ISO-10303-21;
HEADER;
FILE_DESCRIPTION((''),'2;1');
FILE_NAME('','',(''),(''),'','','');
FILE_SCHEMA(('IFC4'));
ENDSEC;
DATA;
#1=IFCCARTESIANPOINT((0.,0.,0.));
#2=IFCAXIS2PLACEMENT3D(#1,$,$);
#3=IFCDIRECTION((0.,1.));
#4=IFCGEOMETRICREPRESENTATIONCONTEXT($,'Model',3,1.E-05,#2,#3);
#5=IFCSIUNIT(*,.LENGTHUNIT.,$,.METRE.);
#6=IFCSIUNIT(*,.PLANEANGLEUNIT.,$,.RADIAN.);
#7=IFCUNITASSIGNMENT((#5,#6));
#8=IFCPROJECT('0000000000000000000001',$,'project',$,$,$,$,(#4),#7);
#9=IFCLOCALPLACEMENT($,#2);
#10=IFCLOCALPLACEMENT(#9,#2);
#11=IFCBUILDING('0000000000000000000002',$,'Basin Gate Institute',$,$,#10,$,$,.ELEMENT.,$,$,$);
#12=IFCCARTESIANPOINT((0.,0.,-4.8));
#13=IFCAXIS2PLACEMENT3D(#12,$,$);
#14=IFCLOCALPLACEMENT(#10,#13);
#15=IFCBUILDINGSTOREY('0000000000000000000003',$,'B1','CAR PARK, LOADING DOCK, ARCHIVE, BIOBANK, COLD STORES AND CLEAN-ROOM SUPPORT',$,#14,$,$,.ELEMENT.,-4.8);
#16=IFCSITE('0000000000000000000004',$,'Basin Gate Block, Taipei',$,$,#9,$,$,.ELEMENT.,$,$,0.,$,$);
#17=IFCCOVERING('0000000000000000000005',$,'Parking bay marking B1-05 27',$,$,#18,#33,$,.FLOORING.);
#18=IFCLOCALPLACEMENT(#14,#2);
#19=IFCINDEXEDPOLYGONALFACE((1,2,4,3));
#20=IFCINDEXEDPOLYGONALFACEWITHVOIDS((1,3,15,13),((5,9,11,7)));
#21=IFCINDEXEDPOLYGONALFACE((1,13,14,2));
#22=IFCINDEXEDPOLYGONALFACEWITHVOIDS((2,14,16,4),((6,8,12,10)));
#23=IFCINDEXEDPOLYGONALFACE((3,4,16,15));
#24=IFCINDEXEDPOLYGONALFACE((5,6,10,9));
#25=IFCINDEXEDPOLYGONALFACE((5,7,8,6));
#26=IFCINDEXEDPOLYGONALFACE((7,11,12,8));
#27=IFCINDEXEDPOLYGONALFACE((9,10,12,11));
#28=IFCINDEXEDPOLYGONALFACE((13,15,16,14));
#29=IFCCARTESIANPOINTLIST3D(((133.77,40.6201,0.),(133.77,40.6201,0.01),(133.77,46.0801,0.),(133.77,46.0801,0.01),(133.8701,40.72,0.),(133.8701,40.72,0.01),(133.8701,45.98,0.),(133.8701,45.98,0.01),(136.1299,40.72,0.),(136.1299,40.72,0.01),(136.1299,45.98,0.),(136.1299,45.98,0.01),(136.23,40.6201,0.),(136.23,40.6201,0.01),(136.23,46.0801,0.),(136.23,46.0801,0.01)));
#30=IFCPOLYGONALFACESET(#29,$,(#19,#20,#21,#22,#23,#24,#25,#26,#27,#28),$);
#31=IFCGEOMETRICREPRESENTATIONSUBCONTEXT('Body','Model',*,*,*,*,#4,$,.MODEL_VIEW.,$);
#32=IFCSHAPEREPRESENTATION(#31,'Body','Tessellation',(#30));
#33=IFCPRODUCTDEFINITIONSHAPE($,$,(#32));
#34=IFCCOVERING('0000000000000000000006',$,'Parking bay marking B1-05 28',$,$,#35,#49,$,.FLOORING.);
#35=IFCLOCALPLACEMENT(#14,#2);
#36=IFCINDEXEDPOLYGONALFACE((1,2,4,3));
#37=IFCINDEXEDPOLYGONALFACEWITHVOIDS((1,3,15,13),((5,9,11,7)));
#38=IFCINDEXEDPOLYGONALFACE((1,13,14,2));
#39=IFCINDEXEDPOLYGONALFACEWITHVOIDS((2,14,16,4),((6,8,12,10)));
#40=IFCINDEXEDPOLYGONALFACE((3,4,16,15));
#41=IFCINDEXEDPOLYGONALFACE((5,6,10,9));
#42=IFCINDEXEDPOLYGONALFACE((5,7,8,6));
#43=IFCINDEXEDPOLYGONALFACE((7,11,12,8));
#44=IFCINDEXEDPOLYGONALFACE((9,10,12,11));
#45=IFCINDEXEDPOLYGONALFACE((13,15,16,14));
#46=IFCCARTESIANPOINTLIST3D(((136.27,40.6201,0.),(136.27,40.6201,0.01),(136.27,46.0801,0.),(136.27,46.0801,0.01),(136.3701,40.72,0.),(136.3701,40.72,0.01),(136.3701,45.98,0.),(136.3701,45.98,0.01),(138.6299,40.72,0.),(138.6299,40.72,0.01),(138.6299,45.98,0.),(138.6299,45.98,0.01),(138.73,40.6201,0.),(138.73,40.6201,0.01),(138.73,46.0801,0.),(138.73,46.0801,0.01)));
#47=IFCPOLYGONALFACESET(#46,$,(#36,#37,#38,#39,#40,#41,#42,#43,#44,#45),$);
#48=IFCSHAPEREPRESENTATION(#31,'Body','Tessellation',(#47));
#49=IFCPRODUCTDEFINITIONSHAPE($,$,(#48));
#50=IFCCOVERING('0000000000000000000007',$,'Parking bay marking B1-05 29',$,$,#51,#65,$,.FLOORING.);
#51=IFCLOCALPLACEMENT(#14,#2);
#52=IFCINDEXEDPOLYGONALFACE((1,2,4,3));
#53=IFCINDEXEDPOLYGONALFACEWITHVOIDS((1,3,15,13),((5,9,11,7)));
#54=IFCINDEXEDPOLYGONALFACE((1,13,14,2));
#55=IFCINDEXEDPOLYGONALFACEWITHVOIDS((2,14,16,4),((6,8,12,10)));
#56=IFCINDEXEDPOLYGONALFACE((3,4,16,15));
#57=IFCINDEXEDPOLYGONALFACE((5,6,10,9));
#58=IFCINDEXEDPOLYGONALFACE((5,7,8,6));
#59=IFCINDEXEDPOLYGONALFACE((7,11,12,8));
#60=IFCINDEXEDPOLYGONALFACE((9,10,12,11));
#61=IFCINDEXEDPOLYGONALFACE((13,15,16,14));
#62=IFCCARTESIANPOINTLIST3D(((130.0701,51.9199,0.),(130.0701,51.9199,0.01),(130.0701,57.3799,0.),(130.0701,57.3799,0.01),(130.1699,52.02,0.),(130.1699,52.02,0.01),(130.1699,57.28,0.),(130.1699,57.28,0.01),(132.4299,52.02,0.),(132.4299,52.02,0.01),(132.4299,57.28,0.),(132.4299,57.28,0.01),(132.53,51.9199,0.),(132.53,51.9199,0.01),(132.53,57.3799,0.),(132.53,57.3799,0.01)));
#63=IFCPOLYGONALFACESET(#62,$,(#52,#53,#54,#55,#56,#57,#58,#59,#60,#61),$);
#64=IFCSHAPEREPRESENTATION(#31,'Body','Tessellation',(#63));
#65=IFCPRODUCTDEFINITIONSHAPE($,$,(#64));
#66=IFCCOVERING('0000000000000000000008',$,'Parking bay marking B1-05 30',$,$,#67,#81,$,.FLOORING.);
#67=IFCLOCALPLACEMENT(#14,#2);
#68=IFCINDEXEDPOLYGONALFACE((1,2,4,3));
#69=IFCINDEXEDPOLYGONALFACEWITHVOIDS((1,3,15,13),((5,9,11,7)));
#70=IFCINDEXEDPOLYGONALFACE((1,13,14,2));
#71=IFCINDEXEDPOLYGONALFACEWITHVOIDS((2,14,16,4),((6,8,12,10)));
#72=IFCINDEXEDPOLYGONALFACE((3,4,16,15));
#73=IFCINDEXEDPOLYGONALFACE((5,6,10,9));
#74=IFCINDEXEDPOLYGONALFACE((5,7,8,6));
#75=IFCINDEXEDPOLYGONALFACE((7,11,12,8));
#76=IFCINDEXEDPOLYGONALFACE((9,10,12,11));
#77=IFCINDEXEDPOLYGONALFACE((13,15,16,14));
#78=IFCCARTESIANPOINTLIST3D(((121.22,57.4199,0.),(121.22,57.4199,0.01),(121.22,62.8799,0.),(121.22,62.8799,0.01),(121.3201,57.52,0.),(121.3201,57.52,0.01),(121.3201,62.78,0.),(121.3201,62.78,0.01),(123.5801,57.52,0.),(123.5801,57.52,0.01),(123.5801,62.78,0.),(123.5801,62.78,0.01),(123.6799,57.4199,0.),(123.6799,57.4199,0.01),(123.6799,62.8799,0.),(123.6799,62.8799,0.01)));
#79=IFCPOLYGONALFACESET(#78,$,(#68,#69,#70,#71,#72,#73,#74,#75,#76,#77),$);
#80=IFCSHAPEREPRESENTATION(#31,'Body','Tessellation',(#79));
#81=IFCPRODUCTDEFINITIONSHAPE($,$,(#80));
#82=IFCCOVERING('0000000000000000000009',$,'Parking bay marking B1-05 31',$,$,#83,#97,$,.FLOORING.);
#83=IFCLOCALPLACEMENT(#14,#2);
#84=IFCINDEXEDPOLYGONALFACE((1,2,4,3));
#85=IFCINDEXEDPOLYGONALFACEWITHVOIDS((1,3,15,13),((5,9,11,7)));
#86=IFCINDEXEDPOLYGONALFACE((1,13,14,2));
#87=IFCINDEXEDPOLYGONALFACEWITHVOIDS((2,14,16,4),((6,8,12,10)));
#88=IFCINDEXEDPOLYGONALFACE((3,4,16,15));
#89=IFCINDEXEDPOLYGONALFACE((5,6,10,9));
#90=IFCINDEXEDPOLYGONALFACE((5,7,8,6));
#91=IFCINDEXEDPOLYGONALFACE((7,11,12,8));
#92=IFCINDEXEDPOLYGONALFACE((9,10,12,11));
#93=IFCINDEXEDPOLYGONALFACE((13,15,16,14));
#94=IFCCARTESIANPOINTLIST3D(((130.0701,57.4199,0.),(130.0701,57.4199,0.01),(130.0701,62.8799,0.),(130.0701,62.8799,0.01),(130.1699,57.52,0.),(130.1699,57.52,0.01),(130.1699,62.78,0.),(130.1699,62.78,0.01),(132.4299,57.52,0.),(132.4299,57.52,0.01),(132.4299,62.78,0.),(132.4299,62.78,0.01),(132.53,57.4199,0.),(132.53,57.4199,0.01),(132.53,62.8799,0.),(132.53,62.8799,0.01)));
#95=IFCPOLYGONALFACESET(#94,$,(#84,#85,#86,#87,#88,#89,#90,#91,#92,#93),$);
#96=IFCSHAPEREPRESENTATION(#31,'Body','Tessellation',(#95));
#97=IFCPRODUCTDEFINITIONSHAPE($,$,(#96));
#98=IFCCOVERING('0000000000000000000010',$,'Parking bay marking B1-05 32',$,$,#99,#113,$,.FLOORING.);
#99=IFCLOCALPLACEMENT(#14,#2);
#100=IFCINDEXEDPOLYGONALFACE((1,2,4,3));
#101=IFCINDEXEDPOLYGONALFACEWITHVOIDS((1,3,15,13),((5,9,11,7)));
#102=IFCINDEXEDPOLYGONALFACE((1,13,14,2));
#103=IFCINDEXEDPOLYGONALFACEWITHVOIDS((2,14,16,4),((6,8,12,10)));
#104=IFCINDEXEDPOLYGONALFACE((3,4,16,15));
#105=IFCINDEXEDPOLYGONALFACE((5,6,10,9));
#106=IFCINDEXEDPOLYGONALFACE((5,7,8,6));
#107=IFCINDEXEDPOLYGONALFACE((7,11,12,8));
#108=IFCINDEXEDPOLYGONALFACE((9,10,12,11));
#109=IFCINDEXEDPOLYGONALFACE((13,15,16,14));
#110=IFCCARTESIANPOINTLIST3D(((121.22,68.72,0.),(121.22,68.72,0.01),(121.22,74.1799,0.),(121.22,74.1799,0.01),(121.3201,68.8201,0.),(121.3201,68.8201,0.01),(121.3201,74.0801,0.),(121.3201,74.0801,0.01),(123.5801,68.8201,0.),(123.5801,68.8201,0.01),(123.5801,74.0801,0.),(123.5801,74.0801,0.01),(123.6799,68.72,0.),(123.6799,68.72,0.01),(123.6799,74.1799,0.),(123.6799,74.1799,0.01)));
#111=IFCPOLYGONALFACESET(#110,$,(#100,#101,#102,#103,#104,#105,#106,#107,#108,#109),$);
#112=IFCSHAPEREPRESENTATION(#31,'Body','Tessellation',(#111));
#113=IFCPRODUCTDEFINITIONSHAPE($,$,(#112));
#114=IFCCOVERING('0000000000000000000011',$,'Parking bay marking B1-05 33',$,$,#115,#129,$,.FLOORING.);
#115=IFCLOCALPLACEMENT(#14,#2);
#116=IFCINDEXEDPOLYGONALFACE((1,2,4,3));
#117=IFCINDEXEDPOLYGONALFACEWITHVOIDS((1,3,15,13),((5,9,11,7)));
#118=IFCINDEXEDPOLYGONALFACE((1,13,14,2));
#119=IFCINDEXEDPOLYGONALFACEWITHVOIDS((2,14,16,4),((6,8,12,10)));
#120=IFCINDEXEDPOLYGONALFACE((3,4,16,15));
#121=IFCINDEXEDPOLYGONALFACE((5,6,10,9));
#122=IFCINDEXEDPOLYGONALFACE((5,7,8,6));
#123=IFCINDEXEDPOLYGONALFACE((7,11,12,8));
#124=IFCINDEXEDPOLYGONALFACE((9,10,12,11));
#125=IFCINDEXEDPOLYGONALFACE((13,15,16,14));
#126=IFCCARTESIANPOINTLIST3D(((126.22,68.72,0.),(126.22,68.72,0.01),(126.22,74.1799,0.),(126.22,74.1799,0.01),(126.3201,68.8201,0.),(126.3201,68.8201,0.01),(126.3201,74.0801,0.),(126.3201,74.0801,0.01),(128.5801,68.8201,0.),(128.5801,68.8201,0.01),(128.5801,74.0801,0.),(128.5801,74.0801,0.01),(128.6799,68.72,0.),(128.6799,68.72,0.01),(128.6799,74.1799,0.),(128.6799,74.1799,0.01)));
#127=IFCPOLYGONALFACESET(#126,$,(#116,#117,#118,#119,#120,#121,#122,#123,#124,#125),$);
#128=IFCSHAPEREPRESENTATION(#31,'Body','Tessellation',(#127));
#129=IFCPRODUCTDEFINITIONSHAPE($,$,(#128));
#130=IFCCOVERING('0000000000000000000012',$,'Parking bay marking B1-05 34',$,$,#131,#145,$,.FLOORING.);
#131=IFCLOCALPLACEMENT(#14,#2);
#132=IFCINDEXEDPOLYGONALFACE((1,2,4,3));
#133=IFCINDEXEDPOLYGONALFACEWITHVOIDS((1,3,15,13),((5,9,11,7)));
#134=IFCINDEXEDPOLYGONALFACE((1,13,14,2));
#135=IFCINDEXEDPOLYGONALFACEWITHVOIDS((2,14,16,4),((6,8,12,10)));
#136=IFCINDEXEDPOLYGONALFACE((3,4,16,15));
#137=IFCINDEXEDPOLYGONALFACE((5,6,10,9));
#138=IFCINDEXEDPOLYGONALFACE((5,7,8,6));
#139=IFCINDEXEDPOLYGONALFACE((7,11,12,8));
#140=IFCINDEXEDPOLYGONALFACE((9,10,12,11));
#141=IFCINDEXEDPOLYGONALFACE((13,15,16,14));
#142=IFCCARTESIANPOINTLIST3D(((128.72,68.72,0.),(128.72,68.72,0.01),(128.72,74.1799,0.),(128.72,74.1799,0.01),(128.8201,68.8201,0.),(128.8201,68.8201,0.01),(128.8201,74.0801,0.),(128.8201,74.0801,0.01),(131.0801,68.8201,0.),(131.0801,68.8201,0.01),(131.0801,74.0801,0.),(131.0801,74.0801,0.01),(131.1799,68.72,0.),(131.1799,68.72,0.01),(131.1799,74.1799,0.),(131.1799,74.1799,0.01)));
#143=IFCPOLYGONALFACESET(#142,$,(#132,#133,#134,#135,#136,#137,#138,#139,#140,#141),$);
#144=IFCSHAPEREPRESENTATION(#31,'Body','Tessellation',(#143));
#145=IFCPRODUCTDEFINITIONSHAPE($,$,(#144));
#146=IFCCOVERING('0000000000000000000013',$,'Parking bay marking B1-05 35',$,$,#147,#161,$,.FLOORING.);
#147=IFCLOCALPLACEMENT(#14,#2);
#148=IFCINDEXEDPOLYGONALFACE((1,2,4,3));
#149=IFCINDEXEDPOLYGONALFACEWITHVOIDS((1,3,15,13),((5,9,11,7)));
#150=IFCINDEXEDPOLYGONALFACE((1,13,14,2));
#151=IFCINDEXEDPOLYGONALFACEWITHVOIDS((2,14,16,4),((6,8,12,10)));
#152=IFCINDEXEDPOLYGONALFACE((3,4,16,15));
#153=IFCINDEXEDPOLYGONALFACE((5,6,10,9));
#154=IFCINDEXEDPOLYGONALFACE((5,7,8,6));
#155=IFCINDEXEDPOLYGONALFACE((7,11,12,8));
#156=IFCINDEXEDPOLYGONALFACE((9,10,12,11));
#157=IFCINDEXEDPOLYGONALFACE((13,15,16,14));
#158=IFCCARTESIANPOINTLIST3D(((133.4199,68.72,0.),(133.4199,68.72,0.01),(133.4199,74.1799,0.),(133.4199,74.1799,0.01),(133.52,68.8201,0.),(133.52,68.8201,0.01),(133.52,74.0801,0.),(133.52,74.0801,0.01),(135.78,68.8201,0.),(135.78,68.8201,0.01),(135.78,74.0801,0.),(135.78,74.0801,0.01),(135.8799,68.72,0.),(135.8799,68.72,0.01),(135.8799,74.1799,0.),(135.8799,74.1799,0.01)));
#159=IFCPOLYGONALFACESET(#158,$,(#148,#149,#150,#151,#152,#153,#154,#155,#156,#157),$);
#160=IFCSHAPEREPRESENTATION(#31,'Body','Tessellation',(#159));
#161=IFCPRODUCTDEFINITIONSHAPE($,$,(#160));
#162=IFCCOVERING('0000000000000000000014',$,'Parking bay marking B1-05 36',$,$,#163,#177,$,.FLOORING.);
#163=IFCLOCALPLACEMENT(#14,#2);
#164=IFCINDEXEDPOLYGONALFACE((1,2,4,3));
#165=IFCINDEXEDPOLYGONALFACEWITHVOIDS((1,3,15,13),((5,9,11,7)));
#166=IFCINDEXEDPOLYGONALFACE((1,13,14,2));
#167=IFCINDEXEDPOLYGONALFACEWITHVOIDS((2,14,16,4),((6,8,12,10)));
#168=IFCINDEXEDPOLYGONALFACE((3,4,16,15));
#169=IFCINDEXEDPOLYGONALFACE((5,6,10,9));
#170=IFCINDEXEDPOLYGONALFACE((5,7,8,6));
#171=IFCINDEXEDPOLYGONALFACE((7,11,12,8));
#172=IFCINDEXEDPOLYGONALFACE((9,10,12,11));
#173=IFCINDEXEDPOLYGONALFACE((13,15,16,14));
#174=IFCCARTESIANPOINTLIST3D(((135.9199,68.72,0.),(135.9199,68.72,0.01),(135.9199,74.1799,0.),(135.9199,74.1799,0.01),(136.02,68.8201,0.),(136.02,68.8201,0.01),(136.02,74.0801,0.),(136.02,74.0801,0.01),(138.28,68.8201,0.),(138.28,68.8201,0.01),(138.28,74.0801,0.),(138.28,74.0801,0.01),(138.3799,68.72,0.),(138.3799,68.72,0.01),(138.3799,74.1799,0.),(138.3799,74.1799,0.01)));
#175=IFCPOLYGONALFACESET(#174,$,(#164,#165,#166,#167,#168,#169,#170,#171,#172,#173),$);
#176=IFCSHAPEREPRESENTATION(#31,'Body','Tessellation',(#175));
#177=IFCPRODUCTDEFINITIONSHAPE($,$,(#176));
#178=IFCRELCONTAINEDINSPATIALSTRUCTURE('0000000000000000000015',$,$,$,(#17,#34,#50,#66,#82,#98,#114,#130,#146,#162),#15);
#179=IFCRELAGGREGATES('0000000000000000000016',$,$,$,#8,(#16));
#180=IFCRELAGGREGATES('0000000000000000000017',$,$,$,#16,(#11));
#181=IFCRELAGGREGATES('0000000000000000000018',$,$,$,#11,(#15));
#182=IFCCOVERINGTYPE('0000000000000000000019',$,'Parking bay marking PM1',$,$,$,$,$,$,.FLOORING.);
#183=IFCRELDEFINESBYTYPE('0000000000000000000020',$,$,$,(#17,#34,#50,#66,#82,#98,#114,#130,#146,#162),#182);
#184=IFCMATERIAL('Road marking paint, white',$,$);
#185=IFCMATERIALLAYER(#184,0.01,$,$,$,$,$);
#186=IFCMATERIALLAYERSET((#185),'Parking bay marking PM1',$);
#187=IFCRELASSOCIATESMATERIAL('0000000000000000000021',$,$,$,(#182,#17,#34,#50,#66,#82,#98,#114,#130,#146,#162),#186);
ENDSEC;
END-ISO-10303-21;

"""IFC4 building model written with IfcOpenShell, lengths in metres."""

from ifc_helpers import new_model, si_unit, direction, frame, origin, place, context, subcontext, project, spatial, polyline, outline, extrude, material, layer, layer_set, type_object, element, save


model = new_model("IFC4")

# Units and contexts
model_context = context("Model", 3, precision=1e-05, world=origin(), true_north=direction((0.0, 1.0)))
body_context = subcontext(model_context, "Body", "Model", "MODEL_VIEW")
ifc_project = project(units=[si_unit("LENGTHUNIT", "METRE"), si_unit("PLANEANGLEUNIT", "RADIAN")], contexts=[model_context])

# Site, building, storey
site_placement = place(None, origin())
site = spatial("IfcSite", under=ifc_project, at=site_placement, Name="Basin Gate Block, Taipei", CompositionType="ELEMENT", RefElevation=0.0)
building_placement = place(site_placement, origin())
building = spatial("IfcBuilding", under=site, at=building_placement, Name="Basin Gate Institute", CompositionType="ELEMENT")
storey_placement = place(building_placement, frame((0.0, 0.0, -4.8)))
storey = spatial("IfcBuildingStorey", under=building, at=storey_placement, Name="B1", Description="CAR PARK, LOADING DOCK, ARCHIVE, BIOBANK, COLD STORES AND CLEAN-ROOM SUPPORT", CompositionType="ELEMENT", Elevation=-4.8)

# Coverings
ifc_material_1 = material(Name="Road marking paint, white")
ifc_layer_1 = layer(ifc_material_1, 0.01)
ifc_layer_set_1 = layer_set([ifc_layer_1], Name="Parking bay marking PM1")
covering_type_1 = type_object("IfcCoveringType", Name="Parking bay marking PM1", PredefinedType="FLOORING", material=ifc_layer_set_1)
covering_1_placement = place(storey_placement, origin())
element("IfcCovering", 1, at=covering_1_placement, inside=storey, type_object=covering_type_1, material=ifc_layer_set_1, Name="Parking bay marking B1-05 27", PredefinedType="FLOORING", context=body_context, shape_type="SweptSolid", body=[
    extrude(outline(polyline([(133.77, 40.6201), (136.23, 40.6201), (136.23, 46.0801), (133.77, 46.0801), (133.77, 40.6201)]), holes=[polyline([(133.8701, 40.72), (136.1299, 40.72), (136.1299, 45.98), (133.8701, 45.98), (133.8701, 40.72)])]), origin(), (0.0, 0.0, 1.0), 0.01),
])
covering_2_placement = place(storey_placement, origin())
element("IfcCovering", 2, at=covering_2_placement, inside=storey, type_object=covering_type_1, material=ifc_layer_set_1, Name="Parking bay marking B1-05 28", PredefinedType="FLOORING", context=body_context, shape_type="SweptSolid", body=[
    extrude(outline(polyline([(136.27, 40.6201), (138.73, 40.6201), (138.73, 46.0801), (136.27, 46.0801), (136.27, 40.6201)]), holes=[polyline([(136.3701, 40.72), (138.6299, 40.72), (138.6299, 45.98), (136.3701, 45.98), (136.3701, 40.72)])]), origin(), (0.0, 0.0, 1.0), 0.01),
])
covering_3_placement = place(storey_placement, origin())
element("IfcCovering", 3, at=covering_3_placement, inside=storey, type_object=covering_type_1, material=ifc_layer_set_1, Name="Parking bay marking B1-05 29", PredefinedType="FLOORING", context=body_context, shape_type="SweptSolid", body=[
    extrude(outline(polyline([(130.0701, 51.9199), (132.53, 51.9199), (132.53, 57.3799), (130.0701, 57.3799), (130.0701, 51.9199)]), holes=[polyline([(130.1699, 52.02), (132.4299, 52.02), (132.4299, 57.28), (130.1699, 57.28), (130.1699, 52.02)])]), origin(), (0.0, 0.0, 1.0), 0.01),
])
covering_4_placement = place(storey_placement, origin())
element("IfcCovering", 4, at=covering_4_placement, inside=storey, type_object=covering_type_1, material=ifc_layer_set_1, Name="Parking bay marking B1-05 30", PredefinedType="FLOORING", context=body_context, shape_type="SweptSolid", body=[
    extrude(outline(polyline([(121.22, 57.4199), (123.6799, 57.4199), (123.6799, 62.8799), (121.22, 62.8799), (121.22, 57.4199)]), holes=[polyline([(121.3201, 57.52), (123.5801, 57.52), (123.5801, 62.78), (121.3201, 62.78), (121.3201, 57.52)])]), origin(), (0.0, 0.0, 1.0), 0.01),
])
covering_5_placement = place(storey_placement, origin())
element("IfcCovering", 5, at=covering_5_placement, inside=storey, type_object=covering_type_1, material=ifc_layer_set_1, Name="Parking bay marking B1-05 31", PredefinedType="FLOORING", context=body_context, shape_type="SweptSolid", body=[
    extrude(outline(polyline([(130.0701, 57.4199), (132.53, 57.4199), (132.53, 62.8799), (130.0701, 62.8799), (130.0701, 57.4199)]), holes=[polyline([(130.1699, 57.52), (132.4299, 57.52), (132.4299, 62.78), (130.1699, 62.78), (130.1699, 57.52)])]), origin(), (0.0, 0.0, 1.0), 0.01),
])
covering_6_placement = place(storey_placement, origin())
element("IfcCovering", 6, at=covering_6_placement, inside=storey, type_object=covering_type_1, material=ifc_layer_set_1, Name="Parking bay marking B1-05 32", PredefinedType="FLOORING", context=body_context, shape_type="SweptSolid", body=[
    extrude(outline(polyline([(121.22, 68.72), (123.6799, 68.72), (123.6799, 74.1799), (121.22, 74.1799), (121.22, 68.72)]), holes=[polyline([(121.3201, 68.8201), (123.5801, 68.8201), (123.5801, 74.0801), (121.3201, 74.0801), (121.3201, 68.8201)])]), origin(), (0.0, 0.0, 1.0), 0.01),
])
covering_7_placement = place(storey_placement, origin())
element("IfcCovering", 7, at=covering_7_placement, inside=storey, type_object=covering_type_1, material=ifc_layer_set_1, Name="Parking bay marking B1-05 33", PredefinedType="FLOORING", context=body_context, shape_type="SweptSolid", body=[
    extrude(outline(polyline([(126.22, 68.72), (128.6799, 68.72), (128.6799, 74.1799), (126.22, 74.1799), (126.22, 68.72)]), holes=[polyline([(126.3201, 68.8201), (128.5801, 68.8201), (128.5801, 74.0801), (126.3201, 74.0801), (126.3201, 68.8201)])]), origin(), (0.0, 0.0, 1.0), 0.01),
])
covering_8_placement = place(storey_placement, origin())
element("IfcCovering", 8, at=covering_8_placement, inside=storey, type_object=covering_type_1, material=ifc_layer_set_1, Name="Parking bay marking B1-05 34", PredefinedType="FLOORING", context=body_context, shape_type="SweptSolid", body=[
    extrude(outline(polyline([(128.72, 68.72), (131.1799, 68.72), (131.1799, 74.1799), (128.72, 74.1799), (128.72, 68.72)]), holes=[polyline([(128.8201, 68.8201), (131.0801, 68.8201), (131.0801, 74.0801), (128.8201, 74.0801), (128.8201, 68.8201)])]), origin(), (0.0, 0.0, 1.0), 0.01),
])
covering_9_placement = place(storey_placement, origin())
element("IfcCovering", 9, at=covering_9_placement, inside=storey, type_object=covering_type_1, material=ifc_layer_set_1, Name="Parking bay marking B1-05 35", PredefinedType="FLOORING", context=body_context, shape_type="SweptSolid", body=[
    extrude(outline(polyline([(133.4199, 68.72), (135.8799, 68.72), (135.8799, 74.1799), (133.4199, 74.1799), (133.4199, 68.72)]), holes=[polyline([(133.52, 68.8201), (135.78, 68.8201), (135.78, 74.0801), (133.52, 74.0801), (133.52, 68.8201)])]), origin(), (0.0, 0.0, 1.0), 0.01),
])
covering_10_placement = place(storey_placement, origin())
element("IfcCovering", 10, at=covering_10_placement, inside=storey, type_object=covering_type_1, material=ifc_layer_set_1, Name="Parking bay marking B1-05 36", PredefinedType="FLOORING", context=body_context, shape_type="SweptSolid", body=[
    extrude(outline(polyline([(135.9199, 68.72), (138.3799, 68.72), (138.3799, 74.1799), (135.9199, 74.1799), (135.9199, 68.72)]), holes=[polyline([(136.02, 68.8201), (138.28, 68.8201), (138.28, 74.0801), (136.02, 74.0801), (136.02, 68.8201)])]), origin(), (0.0, 0.0, 1.0), 0.01),
])

save(model, "model.ifc")
